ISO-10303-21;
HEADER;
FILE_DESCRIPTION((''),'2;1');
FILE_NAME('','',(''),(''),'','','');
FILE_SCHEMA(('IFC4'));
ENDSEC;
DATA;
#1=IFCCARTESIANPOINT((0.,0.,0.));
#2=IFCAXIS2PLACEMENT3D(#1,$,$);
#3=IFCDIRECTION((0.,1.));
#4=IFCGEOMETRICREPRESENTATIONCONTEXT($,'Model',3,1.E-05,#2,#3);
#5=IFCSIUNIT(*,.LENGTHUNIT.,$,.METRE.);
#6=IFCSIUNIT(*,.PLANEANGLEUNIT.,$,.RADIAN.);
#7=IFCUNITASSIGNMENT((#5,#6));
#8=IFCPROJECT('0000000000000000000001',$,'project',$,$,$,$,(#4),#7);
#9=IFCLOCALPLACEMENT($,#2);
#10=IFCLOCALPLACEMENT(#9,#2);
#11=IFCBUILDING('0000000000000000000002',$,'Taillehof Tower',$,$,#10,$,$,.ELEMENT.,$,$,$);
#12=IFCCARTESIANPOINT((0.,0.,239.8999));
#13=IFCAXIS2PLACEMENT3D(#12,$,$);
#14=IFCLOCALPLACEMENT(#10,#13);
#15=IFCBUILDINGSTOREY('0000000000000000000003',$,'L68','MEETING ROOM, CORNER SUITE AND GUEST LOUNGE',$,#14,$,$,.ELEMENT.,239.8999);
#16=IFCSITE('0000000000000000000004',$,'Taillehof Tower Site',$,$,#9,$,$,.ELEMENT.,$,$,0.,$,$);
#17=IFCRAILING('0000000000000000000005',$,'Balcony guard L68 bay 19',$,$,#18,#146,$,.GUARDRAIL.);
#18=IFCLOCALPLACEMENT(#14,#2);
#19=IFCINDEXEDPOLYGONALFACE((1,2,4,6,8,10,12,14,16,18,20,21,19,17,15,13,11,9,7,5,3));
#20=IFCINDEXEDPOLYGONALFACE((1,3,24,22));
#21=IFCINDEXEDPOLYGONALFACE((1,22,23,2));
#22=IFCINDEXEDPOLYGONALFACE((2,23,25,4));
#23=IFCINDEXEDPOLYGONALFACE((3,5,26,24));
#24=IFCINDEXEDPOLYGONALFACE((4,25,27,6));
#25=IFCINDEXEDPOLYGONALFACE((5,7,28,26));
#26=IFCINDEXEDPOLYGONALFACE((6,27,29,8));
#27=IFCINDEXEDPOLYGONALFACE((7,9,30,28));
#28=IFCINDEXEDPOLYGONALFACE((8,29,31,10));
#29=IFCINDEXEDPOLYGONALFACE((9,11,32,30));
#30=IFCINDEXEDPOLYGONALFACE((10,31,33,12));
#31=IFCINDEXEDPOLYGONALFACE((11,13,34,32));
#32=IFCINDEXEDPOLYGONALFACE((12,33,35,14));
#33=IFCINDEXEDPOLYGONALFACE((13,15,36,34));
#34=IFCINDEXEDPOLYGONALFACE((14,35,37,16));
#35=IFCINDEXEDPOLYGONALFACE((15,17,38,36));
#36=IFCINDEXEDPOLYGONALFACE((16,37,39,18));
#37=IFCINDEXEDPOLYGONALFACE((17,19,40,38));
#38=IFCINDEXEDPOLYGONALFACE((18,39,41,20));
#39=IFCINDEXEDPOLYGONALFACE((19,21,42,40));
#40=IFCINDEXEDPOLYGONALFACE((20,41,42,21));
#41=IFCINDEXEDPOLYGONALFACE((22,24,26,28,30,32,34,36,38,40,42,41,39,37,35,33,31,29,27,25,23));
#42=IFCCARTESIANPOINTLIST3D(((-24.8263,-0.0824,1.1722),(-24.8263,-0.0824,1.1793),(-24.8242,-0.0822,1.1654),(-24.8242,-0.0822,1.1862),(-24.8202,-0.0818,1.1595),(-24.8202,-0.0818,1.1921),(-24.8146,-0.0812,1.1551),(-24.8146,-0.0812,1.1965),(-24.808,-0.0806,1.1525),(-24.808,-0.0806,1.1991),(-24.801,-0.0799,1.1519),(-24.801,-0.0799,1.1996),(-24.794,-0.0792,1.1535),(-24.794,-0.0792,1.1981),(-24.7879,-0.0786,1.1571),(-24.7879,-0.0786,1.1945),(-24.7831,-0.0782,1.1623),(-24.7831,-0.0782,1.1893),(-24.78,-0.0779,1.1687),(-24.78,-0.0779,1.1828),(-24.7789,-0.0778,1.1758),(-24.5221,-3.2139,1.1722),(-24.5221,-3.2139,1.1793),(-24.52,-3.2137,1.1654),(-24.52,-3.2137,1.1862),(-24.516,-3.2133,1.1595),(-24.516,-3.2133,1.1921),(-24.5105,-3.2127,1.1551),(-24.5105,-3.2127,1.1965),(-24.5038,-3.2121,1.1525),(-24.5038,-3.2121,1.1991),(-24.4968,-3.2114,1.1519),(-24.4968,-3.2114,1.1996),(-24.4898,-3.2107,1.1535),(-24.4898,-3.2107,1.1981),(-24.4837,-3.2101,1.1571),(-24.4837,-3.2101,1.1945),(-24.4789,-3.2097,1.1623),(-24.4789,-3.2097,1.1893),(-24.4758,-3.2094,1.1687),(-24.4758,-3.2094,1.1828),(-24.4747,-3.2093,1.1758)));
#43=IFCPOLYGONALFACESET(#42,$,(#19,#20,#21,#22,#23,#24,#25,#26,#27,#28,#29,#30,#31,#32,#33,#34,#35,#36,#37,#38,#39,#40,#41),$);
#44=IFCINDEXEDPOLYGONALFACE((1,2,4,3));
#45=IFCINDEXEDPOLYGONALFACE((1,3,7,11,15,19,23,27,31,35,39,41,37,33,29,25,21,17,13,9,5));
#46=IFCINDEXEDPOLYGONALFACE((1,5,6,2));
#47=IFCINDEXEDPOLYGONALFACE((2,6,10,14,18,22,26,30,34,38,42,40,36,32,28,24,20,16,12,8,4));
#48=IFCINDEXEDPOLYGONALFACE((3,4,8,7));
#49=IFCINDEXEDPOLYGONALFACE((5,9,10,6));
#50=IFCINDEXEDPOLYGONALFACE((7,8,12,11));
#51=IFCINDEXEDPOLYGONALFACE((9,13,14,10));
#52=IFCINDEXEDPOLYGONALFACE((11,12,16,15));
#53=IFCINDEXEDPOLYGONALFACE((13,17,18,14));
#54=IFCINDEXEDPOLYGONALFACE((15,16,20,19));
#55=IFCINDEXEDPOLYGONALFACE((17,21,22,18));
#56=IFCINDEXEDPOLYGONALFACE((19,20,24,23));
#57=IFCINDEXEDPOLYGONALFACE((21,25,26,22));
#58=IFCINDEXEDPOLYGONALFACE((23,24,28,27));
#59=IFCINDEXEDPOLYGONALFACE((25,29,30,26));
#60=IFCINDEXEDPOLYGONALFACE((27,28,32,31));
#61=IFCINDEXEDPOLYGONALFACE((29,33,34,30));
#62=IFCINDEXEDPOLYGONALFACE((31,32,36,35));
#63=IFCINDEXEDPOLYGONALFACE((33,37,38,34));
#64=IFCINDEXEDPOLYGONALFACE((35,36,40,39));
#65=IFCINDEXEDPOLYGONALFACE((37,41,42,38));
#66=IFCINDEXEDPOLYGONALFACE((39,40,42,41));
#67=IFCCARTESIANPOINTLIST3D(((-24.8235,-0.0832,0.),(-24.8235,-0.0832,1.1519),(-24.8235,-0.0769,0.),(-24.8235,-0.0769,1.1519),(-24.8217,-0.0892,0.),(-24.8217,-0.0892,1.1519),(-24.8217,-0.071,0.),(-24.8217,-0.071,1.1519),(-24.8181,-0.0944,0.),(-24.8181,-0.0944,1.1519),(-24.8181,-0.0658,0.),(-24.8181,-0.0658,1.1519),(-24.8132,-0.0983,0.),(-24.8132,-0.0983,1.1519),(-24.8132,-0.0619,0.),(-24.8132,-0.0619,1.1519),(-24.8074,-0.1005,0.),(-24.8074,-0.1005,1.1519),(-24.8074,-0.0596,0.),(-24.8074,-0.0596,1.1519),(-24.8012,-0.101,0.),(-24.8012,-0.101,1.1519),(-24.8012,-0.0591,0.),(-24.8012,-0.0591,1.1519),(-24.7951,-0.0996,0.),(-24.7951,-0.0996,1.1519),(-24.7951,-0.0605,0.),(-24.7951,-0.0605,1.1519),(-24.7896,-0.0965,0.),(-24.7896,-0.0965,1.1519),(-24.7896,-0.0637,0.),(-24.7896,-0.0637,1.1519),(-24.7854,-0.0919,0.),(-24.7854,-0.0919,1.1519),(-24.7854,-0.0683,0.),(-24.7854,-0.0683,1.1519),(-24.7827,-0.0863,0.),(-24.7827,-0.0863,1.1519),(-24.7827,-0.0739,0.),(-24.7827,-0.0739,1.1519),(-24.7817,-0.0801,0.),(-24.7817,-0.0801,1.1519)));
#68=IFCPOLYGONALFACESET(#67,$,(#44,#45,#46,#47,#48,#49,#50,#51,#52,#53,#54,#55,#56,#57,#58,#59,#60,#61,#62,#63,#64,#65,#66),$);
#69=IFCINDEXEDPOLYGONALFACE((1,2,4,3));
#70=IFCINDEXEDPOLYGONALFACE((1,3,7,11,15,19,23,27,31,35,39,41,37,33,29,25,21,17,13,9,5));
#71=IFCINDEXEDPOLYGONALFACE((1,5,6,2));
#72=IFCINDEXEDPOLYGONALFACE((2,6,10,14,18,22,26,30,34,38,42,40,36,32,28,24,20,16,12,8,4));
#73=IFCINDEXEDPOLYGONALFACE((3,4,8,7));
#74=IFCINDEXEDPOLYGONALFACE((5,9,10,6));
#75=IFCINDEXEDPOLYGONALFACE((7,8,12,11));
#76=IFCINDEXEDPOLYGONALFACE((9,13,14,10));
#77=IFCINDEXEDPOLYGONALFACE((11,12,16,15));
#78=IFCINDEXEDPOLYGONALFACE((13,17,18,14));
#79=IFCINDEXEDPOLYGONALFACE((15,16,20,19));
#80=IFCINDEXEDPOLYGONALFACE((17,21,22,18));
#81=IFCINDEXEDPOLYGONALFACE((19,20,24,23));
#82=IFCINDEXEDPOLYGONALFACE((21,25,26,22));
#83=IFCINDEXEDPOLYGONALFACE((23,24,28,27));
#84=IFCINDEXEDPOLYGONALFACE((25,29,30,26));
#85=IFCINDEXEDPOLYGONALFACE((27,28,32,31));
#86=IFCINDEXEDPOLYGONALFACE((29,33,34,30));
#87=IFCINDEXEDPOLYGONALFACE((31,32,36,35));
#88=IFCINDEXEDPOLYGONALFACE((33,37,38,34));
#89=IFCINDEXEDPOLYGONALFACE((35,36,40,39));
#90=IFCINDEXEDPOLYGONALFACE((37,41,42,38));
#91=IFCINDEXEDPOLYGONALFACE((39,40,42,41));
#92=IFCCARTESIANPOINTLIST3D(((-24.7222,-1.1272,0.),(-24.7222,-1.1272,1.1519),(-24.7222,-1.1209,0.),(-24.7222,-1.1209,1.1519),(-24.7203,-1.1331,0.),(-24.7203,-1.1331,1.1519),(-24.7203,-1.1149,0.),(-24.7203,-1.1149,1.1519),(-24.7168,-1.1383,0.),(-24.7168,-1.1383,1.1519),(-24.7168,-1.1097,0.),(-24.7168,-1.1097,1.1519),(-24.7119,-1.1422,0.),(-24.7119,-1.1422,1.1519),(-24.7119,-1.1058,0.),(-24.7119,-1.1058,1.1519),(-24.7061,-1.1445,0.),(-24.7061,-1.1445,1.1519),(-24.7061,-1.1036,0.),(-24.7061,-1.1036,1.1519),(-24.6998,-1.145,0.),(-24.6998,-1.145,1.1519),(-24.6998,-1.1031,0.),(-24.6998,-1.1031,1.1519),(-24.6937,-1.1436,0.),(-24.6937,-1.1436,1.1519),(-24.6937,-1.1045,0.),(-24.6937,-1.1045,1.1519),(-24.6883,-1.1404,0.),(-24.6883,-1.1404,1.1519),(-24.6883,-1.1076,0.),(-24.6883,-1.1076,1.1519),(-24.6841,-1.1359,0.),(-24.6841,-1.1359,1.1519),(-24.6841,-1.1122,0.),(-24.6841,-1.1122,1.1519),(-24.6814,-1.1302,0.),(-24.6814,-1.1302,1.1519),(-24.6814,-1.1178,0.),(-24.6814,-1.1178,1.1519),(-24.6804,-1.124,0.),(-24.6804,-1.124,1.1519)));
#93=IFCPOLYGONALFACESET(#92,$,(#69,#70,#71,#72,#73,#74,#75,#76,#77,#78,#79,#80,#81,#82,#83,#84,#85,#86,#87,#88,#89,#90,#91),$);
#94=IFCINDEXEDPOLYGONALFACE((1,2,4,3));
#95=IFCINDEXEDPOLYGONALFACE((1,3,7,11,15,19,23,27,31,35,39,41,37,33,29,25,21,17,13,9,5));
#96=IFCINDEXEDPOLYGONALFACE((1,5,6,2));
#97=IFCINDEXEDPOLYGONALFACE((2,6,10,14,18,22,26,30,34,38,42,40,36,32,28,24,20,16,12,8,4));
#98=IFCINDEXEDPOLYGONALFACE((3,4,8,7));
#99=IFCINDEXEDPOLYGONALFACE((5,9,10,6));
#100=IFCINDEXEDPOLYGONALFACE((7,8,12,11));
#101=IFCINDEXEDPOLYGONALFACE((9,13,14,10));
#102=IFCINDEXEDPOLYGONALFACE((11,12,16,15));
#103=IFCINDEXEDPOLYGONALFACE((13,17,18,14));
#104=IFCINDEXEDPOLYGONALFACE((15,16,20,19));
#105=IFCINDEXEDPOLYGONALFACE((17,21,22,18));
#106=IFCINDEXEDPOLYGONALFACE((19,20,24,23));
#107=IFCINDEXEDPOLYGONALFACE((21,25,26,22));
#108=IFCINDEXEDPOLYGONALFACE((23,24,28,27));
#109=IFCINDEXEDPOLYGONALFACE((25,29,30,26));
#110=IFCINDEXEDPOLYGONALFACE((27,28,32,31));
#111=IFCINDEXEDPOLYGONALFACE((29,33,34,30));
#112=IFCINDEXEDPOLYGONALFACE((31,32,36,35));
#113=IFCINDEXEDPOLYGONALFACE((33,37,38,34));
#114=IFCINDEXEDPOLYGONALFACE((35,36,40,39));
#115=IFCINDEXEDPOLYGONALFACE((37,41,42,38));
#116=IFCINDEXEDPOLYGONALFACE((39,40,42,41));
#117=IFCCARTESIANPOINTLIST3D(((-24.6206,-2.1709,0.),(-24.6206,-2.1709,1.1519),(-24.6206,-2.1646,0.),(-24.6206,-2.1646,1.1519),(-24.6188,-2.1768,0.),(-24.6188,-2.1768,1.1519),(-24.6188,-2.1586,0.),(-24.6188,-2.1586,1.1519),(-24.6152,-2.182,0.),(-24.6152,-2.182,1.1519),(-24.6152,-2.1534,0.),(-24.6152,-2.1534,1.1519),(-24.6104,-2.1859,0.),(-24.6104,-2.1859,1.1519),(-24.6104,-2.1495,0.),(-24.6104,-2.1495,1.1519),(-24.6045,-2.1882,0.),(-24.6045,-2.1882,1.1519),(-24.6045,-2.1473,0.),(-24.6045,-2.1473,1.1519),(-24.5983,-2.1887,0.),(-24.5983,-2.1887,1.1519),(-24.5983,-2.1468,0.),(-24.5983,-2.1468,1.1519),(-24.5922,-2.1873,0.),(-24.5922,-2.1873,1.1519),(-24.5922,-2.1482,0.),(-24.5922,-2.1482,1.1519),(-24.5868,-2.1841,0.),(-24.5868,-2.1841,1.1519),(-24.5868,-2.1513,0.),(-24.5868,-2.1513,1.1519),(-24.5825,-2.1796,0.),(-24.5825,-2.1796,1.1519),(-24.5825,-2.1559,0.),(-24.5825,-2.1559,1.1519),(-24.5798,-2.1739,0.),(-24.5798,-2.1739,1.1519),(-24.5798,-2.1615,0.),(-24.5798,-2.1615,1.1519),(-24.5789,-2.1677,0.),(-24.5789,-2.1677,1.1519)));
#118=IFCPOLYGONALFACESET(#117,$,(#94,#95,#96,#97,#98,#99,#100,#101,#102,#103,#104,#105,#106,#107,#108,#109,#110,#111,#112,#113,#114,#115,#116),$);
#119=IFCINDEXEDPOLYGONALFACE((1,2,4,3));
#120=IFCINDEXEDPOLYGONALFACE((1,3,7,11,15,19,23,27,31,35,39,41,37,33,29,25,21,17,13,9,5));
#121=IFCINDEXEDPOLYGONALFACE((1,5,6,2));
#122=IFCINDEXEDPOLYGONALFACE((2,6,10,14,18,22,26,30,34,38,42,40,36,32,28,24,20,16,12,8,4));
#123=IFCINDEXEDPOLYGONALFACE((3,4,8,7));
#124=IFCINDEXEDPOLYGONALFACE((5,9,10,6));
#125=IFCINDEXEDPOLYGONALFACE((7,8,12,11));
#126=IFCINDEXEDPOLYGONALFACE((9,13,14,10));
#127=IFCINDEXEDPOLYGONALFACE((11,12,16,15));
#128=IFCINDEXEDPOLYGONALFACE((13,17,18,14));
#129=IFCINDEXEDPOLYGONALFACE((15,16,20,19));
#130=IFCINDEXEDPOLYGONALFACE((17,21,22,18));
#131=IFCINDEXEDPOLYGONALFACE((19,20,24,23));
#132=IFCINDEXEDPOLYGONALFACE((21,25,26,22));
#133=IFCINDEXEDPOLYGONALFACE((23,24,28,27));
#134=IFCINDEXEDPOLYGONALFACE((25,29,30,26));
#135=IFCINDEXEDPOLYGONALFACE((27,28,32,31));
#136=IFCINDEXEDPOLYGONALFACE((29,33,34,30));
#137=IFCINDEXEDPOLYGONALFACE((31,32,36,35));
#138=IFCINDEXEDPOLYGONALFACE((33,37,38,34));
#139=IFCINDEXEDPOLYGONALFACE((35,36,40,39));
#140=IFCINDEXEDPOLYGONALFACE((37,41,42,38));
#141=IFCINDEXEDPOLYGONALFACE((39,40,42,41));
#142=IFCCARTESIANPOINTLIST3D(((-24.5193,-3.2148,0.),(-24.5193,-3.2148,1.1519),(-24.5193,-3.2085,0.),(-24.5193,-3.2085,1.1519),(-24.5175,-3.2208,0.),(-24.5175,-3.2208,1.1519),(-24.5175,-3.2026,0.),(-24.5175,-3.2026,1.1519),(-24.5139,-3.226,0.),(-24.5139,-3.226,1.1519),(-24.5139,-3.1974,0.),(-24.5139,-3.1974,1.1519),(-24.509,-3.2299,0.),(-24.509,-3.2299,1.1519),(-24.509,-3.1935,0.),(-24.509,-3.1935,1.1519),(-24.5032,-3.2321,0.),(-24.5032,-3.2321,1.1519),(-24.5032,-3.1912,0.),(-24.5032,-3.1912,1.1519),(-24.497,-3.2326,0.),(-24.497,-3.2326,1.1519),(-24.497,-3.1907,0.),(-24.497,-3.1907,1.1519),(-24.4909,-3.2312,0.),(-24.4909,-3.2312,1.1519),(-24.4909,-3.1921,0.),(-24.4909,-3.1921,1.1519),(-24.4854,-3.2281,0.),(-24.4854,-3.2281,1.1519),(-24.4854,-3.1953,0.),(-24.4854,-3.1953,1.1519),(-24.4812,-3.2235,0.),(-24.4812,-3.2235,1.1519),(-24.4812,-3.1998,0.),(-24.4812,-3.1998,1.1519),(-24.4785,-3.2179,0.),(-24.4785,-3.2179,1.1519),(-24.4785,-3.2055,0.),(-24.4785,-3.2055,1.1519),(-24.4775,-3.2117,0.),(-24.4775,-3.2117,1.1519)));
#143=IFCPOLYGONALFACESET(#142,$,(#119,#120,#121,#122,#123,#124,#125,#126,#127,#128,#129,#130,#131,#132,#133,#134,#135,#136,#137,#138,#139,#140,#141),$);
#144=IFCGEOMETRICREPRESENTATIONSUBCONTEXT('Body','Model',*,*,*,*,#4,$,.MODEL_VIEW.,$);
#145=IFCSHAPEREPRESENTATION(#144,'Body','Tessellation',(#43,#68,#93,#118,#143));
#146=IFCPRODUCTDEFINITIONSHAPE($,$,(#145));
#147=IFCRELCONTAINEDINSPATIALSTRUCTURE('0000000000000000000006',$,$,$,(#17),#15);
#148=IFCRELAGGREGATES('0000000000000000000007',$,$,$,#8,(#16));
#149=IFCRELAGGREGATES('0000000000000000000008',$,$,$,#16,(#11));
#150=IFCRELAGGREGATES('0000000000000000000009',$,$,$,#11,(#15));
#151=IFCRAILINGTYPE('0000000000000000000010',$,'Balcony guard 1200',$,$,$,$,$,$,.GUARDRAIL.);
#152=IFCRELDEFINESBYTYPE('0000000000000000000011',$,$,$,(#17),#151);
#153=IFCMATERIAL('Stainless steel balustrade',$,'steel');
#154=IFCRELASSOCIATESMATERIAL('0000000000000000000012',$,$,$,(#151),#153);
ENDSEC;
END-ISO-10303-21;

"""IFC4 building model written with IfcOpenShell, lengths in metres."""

from ifc_helpers import new_model, si_unit, direction, frame, origin, origin_2d, place, context, subcontext, project, spatial, circle, extrude, material, type_object, element, save


model = new_model("IFC4")

# Units and contexts
model_context = context("Model", 3, precision=1e-05, world=origin(), true_north=direction((0.0, 1.0)))
body_context = subcontext(model_context, "Body", "Model", "MODEL_VIEW")
ifc_project = project(units=[si_unit("LENGTHUNIT", "METRE"), si_unit("PLANEANGLEUNIT", "RADIAN")], contexts=[model_context])

# Site, building, storey
site_placement = place(None, origin())
site = spatial("IfcSite", under=ifc_project, at=site_placement, Name="Taillehof Tower Site", CompositionType="ELEMENT", RefElevation=0.0)
building_placement = place(site_placement, origin())
building = spatial("IfcBuilding", under=site, at=building_placement, Name="Taillehof Tower", CompositionType="ELEMENT")
storey_placement = place(building_placement, frame((0.0, 0.0, 239.8999)))
storey = spatial("IfcBuildingStorey", under=building, at=storey_placement, Name="L68", Description="MEETING ROOM, CORNER SUITE AND GUEST LOUNGE", CompositionType="ELEMENT", Elevation=239.8999)

# Railing
ifc_material_1 = material(Name="Stainless steel balustrade", Category="steel")
railing_type = type_object("IfcRailingType", Name="Balcony guard 1200", PredefinedType="GUARDRAIL", material=ifc_material_1)
railing_1_placement = place(storey_placement, frame((-24.8027, -0.0801, 0.0)))
element("IfcRailing", 1, at=railing_1_placement, inside=storey, type_object=railing_type, Name="Balcony guard L68 bay 19", PredefinedType="GUARDRAIL", context=body_context, shape_type="SweptSolid", body=[
    extrude(circle(Radius=0.0239, at=origin_2d()), frame((0.0, 0.0, 1.1758), z_axis=(0.096684, -0.995315, 0.0), x_axis=(0.995315, 0.096684, 0.0)), (0.0, 0.0, 1.0), 3.1462),
    extrude(circle(Radius=0.021, at=origin_2d()), origin(), (0.0, 0.0, 1.0), 1.1519),
    extrude(circle(Radius=0.021, at=origin_2d()), frame((0.1013, -1.0439, 0.0)), (0.0, 0.0, 1.0), 1.1519),
    extrude(circle(Radius=0.021, at=origin_2d()), frame((0.2029, -2.0876, 0.0)), (0.0, 0.0, 1.0), 1.1519),
    extrude(circle(Radius=0.021, at=origin_2d()), frame((0.3042, -3.1316, 0.0)), (0.0, 0.0, 1.0), 1.1519),
])

save(model, "model.ifc")
